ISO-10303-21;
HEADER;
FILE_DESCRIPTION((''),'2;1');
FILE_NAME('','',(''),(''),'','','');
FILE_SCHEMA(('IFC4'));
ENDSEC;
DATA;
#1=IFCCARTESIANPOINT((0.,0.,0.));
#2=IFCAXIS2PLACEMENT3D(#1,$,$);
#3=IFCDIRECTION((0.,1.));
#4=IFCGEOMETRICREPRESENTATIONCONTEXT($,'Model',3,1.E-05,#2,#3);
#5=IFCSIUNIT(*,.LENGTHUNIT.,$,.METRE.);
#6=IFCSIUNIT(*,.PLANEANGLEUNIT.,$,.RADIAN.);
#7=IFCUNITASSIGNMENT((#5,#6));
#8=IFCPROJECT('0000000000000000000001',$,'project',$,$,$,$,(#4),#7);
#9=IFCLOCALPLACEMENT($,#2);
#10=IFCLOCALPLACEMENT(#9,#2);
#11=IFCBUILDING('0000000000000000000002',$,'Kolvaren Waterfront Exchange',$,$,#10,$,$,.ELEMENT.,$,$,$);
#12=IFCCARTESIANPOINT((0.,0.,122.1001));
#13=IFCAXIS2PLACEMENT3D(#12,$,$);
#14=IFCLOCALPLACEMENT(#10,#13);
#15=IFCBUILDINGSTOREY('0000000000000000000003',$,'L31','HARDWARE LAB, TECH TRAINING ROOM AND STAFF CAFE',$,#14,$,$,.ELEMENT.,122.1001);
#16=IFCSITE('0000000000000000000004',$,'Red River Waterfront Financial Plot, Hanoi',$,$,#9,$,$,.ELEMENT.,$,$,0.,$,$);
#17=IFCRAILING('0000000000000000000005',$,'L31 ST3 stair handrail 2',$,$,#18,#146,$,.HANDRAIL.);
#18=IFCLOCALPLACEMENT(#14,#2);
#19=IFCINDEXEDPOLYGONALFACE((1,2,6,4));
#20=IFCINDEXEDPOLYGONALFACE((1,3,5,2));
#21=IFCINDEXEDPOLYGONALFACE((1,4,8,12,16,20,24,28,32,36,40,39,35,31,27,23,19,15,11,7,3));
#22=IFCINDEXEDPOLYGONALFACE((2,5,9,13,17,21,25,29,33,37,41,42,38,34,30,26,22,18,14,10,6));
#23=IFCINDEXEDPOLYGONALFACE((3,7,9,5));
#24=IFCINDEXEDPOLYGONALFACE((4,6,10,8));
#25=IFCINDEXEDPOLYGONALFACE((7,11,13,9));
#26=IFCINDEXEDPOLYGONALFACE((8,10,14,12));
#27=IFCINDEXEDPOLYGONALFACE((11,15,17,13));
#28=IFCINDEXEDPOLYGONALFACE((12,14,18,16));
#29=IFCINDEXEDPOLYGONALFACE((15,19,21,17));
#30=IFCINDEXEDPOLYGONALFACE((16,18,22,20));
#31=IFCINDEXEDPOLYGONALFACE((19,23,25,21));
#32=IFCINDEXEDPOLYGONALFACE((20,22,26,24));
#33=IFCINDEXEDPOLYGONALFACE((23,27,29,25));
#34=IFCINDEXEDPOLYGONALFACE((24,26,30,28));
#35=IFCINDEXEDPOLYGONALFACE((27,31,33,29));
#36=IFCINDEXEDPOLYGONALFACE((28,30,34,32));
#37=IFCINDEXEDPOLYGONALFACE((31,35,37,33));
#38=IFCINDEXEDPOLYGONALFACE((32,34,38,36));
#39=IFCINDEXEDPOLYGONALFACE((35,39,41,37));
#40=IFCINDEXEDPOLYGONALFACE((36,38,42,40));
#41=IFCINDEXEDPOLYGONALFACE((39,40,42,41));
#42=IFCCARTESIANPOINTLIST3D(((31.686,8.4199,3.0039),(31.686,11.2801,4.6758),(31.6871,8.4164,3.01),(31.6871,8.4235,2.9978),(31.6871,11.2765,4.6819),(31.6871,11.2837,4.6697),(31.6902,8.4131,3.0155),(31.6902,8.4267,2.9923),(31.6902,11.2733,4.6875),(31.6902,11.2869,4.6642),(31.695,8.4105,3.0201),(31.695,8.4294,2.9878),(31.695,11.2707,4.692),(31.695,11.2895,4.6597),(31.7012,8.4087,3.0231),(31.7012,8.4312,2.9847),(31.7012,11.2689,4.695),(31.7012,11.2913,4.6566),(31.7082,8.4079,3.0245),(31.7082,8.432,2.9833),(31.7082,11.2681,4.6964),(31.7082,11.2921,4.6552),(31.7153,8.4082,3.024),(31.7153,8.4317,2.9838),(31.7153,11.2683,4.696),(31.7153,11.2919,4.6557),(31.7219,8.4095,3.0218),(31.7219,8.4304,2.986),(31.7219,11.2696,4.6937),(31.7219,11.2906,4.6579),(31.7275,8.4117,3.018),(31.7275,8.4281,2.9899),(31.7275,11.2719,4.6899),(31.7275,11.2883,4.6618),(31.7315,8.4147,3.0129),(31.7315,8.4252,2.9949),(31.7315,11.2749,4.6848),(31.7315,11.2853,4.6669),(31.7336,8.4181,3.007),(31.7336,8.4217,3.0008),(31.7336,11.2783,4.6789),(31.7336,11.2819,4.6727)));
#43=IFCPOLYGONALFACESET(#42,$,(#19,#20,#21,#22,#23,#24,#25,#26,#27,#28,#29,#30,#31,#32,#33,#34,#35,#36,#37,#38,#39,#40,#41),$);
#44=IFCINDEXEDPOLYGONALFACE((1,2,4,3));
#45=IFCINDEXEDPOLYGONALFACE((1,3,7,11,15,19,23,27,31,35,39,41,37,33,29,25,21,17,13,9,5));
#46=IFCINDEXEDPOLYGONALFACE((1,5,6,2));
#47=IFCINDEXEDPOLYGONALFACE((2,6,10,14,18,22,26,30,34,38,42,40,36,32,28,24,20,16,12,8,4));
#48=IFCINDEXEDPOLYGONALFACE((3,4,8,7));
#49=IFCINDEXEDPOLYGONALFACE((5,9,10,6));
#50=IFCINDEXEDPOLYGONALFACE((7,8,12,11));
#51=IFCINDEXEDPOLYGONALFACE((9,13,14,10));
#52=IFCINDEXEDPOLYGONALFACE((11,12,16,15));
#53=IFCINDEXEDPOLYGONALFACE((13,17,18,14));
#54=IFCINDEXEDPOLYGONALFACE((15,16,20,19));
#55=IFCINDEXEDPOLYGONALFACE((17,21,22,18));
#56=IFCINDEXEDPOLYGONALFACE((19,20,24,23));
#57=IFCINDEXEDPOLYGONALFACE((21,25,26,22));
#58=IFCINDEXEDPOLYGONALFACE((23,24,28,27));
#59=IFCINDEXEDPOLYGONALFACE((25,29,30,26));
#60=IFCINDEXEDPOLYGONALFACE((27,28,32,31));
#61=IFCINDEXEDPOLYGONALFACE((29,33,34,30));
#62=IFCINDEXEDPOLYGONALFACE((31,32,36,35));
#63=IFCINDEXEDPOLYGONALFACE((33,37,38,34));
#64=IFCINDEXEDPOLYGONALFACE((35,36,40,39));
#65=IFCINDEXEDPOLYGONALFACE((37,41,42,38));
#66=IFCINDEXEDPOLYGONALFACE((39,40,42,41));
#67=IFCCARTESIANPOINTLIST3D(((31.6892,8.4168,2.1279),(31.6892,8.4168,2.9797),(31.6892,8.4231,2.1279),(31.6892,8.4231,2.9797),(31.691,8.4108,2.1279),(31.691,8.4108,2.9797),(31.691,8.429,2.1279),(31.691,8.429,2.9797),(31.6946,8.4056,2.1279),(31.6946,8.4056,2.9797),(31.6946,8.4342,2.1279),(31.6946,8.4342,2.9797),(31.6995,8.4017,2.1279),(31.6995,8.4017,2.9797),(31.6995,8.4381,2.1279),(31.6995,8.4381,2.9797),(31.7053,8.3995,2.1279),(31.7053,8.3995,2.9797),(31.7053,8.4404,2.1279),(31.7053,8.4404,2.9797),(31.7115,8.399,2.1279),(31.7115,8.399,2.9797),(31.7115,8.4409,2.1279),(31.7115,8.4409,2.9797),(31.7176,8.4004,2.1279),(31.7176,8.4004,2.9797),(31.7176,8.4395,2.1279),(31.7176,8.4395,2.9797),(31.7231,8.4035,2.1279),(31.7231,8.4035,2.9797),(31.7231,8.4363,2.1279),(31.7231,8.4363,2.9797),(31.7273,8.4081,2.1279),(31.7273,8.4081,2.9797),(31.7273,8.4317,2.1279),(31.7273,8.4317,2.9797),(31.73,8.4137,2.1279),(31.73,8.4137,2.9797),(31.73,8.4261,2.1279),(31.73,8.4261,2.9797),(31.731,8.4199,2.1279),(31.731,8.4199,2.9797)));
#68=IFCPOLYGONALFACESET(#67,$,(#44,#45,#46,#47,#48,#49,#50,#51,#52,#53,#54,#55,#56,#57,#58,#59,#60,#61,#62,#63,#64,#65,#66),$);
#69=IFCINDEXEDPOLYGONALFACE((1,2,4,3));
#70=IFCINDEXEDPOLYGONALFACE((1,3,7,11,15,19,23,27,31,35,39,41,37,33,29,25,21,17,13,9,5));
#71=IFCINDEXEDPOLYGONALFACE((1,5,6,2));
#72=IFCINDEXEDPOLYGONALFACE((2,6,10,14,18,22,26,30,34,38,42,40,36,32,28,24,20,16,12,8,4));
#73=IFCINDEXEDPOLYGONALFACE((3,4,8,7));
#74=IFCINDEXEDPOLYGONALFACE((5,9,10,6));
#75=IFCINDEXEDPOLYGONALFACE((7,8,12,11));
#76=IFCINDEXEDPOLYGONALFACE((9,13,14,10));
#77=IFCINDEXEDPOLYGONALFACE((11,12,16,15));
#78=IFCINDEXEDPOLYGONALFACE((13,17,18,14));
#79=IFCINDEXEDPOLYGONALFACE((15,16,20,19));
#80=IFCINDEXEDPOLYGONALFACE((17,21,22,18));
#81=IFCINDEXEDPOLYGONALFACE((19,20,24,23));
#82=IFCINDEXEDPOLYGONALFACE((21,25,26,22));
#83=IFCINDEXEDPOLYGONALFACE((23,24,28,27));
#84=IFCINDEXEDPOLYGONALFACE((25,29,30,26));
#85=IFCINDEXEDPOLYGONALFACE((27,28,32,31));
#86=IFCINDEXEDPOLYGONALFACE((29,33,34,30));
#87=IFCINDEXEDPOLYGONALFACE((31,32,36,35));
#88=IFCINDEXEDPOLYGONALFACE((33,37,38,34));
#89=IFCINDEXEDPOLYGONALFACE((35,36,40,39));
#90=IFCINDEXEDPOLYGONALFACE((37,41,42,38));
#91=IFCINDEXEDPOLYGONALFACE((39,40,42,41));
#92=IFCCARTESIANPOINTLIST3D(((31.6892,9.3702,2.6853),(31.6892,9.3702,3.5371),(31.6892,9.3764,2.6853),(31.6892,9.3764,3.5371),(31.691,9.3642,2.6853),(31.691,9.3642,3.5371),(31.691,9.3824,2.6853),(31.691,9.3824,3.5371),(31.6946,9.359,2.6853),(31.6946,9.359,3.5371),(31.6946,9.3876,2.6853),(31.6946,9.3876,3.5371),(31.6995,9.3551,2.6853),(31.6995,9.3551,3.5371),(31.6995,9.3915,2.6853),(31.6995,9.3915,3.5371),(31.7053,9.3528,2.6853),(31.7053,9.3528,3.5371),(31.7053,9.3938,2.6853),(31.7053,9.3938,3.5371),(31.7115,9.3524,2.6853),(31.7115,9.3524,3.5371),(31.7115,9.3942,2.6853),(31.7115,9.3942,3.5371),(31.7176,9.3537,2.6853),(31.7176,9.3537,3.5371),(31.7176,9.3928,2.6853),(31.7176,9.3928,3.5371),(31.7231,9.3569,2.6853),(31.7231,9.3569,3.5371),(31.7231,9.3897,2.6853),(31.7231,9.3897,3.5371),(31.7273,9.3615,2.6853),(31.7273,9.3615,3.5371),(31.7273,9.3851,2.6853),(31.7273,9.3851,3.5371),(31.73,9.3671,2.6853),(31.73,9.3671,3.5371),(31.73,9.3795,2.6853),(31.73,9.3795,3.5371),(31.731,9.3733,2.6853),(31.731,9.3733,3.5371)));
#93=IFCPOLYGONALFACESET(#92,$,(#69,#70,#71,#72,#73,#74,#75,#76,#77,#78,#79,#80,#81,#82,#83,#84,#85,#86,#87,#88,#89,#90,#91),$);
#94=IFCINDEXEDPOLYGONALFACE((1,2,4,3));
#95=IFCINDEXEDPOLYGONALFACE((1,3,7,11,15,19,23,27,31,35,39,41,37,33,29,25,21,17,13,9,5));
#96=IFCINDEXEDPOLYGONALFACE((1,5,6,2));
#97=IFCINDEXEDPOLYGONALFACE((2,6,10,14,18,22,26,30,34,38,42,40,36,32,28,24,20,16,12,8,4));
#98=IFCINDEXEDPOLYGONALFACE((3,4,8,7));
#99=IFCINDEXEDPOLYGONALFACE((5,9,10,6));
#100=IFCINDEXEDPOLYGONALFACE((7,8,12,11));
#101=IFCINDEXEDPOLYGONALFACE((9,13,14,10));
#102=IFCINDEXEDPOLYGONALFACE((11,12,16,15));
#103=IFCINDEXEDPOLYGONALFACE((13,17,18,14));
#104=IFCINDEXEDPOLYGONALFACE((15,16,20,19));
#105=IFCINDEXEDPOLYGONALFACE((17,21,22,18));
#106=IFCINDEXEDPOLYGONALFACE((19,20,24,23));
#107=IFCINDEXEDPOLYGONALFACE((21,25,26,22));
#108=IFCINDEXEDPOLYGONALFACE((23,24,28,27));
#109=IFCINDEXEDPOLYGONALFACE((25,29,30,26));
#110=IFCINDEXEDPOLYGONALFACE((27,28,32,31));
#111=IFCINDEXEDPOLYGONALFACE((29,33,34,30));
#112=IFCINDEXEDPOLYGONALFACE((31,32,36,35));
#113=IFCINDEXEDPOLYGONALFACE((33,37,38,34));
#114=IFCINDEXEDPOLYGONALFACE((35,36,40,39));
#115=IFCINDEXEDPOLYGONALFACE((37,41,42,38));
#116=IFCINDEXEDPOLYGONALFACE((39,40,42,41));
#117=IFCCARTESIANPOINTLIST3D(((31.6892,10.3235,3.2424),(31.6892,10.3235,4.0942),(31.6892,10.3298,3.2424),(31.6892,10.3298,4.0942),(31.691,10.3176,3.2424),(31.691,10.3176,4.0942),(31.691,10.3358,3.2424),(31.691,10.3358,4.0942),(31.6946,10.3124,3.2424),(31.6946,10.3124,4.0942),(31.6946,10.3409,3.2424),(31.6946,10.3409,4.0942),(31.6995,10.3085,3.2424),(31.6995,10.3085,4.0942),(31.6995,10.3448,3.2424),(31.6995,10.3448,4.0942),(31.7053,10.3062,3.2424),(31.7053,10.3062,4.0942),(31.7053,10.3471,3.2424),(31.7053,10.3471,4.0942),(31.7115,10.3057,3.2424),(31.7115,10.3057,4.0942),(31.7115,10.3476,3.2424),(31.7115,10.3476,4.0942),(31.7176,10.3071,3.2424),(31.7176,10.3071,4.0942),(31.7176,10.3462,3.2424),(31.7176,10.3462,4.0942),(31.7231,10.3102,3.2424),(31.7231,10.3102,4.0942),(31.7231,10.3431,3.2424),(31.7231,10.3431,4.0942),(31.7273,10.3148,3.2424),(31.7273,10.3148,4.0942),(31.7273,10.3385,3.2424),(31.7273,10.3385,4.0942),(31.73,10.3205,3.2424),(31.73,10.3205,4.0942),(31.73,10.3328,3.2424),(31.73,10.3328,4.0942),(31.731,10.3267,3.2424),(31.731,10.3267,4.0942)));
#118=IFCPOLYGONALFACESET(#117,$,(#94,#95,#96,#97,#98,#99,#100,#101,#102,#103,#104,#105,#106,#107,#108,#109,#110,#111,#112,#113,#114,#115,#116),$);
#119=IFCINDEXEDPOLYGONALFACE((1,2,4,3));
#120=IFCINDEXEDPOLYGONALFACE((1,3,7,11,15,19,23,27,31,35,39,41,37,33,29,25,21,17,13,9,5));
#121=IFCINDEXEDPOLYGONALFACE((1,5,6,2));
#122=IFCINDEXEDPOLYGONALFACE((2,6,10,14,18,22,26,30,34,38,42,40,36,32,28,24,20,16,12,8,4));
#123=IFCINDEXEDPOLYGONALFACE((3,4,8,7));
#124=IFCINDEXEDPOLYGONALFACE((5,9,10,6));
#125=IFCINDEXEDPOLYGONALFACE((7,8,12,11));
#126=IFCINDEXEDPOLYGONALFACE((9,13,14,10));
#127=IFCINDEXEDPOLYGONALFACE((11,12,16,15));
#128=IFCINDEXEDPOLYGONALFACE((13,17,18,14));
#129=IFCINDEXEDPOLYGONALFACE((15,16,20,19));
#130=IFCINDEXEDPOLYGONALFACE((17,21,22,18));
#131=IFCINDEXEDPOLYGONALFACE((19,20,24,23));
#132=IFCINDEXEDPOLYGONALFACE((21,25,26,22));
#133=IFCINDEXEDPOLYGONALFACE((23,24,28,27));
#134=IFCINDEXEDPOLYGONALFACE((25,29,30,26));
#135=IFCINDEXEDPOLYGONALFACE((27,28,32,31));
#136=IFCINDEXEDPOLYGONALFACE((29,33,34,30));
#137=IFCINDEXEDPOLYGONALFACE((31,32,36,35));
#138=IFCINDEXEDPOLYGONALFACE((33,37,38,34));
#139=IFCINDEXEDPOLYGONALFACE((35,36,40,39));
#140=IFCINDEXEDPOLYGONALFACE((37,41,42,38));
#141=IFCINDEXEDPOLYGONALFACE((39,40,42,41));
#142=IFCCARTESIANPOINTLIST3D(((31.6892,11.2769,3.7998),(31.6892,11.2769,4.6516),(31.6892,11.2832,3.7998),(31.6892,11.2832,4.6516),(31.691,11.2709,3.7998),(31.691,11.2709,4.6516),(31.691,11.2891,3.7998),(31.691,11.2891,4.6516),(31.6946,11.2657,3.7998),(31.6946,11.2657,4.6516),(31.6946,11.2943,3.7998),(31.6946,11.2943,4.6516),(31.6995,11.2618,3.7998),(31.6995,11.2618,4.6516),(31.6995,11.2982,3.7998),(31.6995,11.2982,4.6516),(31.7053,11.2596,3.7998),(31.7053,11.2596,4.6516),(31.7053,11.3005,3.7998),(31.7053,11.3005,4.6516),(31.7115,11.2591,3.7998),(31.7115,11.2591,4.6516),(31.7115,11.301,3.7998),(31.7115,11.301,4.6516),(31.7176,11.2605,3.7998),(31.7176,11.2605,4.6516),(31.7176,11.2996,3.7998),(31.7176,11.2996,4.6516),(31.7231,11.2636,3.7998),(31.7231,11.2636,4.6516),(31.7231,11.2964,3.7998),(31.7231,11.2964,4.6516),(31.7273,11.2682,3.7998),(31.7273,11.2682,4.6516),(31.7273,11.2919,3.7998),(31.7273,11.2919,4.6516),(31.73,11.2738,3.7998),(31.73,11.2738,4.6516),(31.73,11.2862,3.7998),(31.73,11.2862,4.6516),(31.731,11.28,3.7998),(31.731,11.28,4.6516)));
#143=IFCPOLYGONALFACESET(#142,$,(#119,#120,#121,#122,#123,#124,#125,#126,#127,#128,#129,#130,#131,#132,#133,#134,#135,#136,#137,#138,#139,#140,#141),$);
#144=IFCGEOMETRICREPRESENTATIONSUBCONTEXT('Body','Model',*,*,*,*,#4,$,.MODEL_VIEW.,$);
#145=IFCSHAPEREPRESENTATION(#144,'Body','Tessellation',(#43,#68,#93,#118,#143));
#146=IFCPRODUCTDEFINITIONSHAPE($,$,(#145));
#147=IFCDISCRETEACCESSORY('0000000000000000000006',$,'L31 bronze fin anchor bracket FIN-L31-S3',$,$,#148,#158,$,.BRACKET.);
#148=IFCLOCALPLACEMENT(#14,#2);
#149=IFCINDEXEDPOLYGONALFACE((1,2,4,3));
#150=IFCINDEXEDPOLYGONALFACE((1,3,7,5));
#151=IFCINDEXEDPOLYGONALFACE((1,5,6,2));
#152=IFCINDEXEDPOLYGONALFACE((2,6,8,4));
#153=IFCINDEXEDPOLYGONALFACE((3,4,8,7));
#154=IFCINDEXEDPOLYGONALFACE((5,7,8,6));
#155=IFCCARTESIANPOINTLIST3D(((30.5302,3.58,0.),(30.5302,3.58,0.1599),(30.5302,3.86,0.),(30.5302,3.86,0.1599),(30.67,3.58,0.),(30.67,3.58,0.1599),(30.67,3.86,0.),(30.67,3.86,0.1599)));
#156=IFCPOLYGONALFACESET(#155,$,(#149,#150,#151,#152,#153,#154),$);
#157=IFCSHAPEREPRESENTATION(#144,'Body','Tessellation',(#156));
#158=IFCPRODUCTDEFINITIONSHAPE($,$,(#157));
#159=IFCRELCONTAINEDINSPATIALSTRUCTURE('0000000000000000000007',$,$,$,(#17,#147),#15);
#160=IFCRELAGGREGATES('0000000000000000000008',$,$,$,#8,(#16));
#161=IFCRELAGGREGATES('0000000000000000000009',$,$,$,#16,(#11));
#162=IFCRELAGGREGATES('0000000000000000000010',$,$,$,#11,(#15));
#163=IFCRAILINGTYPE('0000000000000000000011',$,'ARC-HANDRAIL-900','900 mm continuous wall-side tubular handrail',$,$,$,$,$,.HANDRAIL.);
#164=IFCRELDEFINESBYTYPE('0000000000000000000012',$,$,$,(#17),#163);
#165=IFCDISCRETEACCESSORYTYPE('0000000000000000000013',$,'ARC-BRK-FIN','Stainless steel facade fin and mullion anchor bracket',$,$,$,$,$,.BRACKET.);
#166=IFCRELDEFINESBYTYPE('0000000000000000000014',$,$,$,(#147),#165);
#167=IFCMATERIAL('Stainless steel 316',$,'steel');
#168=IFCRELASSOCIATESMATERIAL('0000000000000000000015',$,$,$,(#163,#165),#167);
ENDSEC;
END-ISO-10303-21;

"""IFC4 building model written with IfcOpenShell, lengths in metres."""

from ifc_helpers import new_model, si_unit, direction, frame, origin, origin_with_axes, origin_2d, place, context, subcontext, project, spatial, rectangle, circle, extrude, source, transform, mapped, material, type_object, element, save


model = new_model("IFC4")

# Units and contexts
model_context = context("Model", 3, precision=1e-05, world=origin(), true_north=direction((0.0, 1.0)))
body_context = subcontext(model_context, "Body", "Model", "MODEL_VIEW")
ifc_project = project(units=[si_unit("LENGTHUNIT", "METRE"), si_unit("PLANEANGLEUNIT", "RADIAN")], contexts=[model_context])

# Site, building, storey
site_placement = place(None, origin())
site = spatial("IfcSite", under=ifc_project, at=site_placement, Name="Red River Waterfront Financial Plot, Hanoi", CompositionType="ELEMENT", RefElevation=0.0)
building_placement = place(site_placement, origin())
building = spatial("IfcBuilding", under=site, at=building_placement, Name="Kolvaren Waterfront Exchange", CompositionType="ELEMENT")
storey_placement = place(building_placement, frame((0.0, 0.0, 122.1001)))
storey = spatial("IfcBuildingStorey", under=building, at=storey_placement, Name="L31", Description="HARDWARE LAB, TECH TRAINING ROOM AND STAFF CAFE", CompositionType="ELEMENT", Elevation=122.1001)

# Railing
ifc_material_1 = material(Name="Stainless steel 316", Category="steel")
railing_type_1 = type_object("IfcRailingType", Name="ARC-HANDRAIL-900", Description="900 mm continuous wall-side tubular handrail", PredefinedType="HANDRAIL", material=ifc_material_1)
railing_1_placement = place(storey_placement, frame((31.71, 8.4199, 2.1279)))
element("IfcRailing", 1, at=railing_1_placement, inside=storey, type_object=railing_type_1, Name="L31 ST3 stair handrail 2", PredefinedType="HANDRAIL", context=body_context, shape_type="SweptSolid", body=[
    extrude(circle(Radius=0.0239, at=origin_2d()), frame((0.0, 0.0, 0.876), z_axis=(0.0, 0.863321, 0.504654), x_axis=(-1.0, 0.0, 0.0)), (0.0, 0.0, 1.0), 3.313),
    extrude(circle(Radius=0.021, at=origin_2d()), origin(), (0.0, 0.0, 1.0), 0.8518),
    extrude(circle(Radius=0.021, at=origin_2d()), frame((0.0, 0.9534, 0.5574)), (0.0, 0.0, 1.0), 0.8518),
    extrude(circle(Radius=0.021, at=origin_2d()), frame((0.0, 1.9067, 1.1145)), (0.0, 0.0, 1.0), 0.8518),
    extrude(circle(Radius=0.021, at=origin_2d()), frame((0.0, 2.8601, 1.6719)), (0.0, 0.0, 1.0), 0.8518),
])

# Discrete accessory
discrete_accessory_type = type_object("IfcDiscreteAccessoryType", Name="ARC-BRK-FIN", Description="Stainless steel facade fin and mullion anchor bracket", PredefinedType="BRACKET", material=ifc_material_1)
shared_shape_1 = source(origin_with_axes(), body_context, "Body", "SweptSolid", [
    extrude(rectangle(XDim=0.28, YDim=0.1399, at=origin_2d()), origin(), (0.0, 0.0, 1.0), 0.1599),
])
discrete_accessory_placement = place(storey_placement, frame((30.6001, 3.72, 0.0), z_axis=(0.0, 0.0, 1.0), x_axis=(0.0, -1.0, 0.0)))
element("IfcDiscreteAccessory", 2, at=discrete_accessory_placement, inside=storey, type_object=discrete_accessory_type, Name="L31 bronze fin anchor bracket FIN-L31-S3", PredefinedType="BRACKET", context=body_context, shape_type="MappedRepresentation", body=[
    mapped(shared_shape_1, transform((0.0, 0.0, 0.0), x_axis=(1.0, 0.0, 0.0), y_axis=(0.0, 1.0, 0.0), z_axis=(0.0, 0.0, 1.0), scale=1.0)),
])

save(model, "model.ifc")
